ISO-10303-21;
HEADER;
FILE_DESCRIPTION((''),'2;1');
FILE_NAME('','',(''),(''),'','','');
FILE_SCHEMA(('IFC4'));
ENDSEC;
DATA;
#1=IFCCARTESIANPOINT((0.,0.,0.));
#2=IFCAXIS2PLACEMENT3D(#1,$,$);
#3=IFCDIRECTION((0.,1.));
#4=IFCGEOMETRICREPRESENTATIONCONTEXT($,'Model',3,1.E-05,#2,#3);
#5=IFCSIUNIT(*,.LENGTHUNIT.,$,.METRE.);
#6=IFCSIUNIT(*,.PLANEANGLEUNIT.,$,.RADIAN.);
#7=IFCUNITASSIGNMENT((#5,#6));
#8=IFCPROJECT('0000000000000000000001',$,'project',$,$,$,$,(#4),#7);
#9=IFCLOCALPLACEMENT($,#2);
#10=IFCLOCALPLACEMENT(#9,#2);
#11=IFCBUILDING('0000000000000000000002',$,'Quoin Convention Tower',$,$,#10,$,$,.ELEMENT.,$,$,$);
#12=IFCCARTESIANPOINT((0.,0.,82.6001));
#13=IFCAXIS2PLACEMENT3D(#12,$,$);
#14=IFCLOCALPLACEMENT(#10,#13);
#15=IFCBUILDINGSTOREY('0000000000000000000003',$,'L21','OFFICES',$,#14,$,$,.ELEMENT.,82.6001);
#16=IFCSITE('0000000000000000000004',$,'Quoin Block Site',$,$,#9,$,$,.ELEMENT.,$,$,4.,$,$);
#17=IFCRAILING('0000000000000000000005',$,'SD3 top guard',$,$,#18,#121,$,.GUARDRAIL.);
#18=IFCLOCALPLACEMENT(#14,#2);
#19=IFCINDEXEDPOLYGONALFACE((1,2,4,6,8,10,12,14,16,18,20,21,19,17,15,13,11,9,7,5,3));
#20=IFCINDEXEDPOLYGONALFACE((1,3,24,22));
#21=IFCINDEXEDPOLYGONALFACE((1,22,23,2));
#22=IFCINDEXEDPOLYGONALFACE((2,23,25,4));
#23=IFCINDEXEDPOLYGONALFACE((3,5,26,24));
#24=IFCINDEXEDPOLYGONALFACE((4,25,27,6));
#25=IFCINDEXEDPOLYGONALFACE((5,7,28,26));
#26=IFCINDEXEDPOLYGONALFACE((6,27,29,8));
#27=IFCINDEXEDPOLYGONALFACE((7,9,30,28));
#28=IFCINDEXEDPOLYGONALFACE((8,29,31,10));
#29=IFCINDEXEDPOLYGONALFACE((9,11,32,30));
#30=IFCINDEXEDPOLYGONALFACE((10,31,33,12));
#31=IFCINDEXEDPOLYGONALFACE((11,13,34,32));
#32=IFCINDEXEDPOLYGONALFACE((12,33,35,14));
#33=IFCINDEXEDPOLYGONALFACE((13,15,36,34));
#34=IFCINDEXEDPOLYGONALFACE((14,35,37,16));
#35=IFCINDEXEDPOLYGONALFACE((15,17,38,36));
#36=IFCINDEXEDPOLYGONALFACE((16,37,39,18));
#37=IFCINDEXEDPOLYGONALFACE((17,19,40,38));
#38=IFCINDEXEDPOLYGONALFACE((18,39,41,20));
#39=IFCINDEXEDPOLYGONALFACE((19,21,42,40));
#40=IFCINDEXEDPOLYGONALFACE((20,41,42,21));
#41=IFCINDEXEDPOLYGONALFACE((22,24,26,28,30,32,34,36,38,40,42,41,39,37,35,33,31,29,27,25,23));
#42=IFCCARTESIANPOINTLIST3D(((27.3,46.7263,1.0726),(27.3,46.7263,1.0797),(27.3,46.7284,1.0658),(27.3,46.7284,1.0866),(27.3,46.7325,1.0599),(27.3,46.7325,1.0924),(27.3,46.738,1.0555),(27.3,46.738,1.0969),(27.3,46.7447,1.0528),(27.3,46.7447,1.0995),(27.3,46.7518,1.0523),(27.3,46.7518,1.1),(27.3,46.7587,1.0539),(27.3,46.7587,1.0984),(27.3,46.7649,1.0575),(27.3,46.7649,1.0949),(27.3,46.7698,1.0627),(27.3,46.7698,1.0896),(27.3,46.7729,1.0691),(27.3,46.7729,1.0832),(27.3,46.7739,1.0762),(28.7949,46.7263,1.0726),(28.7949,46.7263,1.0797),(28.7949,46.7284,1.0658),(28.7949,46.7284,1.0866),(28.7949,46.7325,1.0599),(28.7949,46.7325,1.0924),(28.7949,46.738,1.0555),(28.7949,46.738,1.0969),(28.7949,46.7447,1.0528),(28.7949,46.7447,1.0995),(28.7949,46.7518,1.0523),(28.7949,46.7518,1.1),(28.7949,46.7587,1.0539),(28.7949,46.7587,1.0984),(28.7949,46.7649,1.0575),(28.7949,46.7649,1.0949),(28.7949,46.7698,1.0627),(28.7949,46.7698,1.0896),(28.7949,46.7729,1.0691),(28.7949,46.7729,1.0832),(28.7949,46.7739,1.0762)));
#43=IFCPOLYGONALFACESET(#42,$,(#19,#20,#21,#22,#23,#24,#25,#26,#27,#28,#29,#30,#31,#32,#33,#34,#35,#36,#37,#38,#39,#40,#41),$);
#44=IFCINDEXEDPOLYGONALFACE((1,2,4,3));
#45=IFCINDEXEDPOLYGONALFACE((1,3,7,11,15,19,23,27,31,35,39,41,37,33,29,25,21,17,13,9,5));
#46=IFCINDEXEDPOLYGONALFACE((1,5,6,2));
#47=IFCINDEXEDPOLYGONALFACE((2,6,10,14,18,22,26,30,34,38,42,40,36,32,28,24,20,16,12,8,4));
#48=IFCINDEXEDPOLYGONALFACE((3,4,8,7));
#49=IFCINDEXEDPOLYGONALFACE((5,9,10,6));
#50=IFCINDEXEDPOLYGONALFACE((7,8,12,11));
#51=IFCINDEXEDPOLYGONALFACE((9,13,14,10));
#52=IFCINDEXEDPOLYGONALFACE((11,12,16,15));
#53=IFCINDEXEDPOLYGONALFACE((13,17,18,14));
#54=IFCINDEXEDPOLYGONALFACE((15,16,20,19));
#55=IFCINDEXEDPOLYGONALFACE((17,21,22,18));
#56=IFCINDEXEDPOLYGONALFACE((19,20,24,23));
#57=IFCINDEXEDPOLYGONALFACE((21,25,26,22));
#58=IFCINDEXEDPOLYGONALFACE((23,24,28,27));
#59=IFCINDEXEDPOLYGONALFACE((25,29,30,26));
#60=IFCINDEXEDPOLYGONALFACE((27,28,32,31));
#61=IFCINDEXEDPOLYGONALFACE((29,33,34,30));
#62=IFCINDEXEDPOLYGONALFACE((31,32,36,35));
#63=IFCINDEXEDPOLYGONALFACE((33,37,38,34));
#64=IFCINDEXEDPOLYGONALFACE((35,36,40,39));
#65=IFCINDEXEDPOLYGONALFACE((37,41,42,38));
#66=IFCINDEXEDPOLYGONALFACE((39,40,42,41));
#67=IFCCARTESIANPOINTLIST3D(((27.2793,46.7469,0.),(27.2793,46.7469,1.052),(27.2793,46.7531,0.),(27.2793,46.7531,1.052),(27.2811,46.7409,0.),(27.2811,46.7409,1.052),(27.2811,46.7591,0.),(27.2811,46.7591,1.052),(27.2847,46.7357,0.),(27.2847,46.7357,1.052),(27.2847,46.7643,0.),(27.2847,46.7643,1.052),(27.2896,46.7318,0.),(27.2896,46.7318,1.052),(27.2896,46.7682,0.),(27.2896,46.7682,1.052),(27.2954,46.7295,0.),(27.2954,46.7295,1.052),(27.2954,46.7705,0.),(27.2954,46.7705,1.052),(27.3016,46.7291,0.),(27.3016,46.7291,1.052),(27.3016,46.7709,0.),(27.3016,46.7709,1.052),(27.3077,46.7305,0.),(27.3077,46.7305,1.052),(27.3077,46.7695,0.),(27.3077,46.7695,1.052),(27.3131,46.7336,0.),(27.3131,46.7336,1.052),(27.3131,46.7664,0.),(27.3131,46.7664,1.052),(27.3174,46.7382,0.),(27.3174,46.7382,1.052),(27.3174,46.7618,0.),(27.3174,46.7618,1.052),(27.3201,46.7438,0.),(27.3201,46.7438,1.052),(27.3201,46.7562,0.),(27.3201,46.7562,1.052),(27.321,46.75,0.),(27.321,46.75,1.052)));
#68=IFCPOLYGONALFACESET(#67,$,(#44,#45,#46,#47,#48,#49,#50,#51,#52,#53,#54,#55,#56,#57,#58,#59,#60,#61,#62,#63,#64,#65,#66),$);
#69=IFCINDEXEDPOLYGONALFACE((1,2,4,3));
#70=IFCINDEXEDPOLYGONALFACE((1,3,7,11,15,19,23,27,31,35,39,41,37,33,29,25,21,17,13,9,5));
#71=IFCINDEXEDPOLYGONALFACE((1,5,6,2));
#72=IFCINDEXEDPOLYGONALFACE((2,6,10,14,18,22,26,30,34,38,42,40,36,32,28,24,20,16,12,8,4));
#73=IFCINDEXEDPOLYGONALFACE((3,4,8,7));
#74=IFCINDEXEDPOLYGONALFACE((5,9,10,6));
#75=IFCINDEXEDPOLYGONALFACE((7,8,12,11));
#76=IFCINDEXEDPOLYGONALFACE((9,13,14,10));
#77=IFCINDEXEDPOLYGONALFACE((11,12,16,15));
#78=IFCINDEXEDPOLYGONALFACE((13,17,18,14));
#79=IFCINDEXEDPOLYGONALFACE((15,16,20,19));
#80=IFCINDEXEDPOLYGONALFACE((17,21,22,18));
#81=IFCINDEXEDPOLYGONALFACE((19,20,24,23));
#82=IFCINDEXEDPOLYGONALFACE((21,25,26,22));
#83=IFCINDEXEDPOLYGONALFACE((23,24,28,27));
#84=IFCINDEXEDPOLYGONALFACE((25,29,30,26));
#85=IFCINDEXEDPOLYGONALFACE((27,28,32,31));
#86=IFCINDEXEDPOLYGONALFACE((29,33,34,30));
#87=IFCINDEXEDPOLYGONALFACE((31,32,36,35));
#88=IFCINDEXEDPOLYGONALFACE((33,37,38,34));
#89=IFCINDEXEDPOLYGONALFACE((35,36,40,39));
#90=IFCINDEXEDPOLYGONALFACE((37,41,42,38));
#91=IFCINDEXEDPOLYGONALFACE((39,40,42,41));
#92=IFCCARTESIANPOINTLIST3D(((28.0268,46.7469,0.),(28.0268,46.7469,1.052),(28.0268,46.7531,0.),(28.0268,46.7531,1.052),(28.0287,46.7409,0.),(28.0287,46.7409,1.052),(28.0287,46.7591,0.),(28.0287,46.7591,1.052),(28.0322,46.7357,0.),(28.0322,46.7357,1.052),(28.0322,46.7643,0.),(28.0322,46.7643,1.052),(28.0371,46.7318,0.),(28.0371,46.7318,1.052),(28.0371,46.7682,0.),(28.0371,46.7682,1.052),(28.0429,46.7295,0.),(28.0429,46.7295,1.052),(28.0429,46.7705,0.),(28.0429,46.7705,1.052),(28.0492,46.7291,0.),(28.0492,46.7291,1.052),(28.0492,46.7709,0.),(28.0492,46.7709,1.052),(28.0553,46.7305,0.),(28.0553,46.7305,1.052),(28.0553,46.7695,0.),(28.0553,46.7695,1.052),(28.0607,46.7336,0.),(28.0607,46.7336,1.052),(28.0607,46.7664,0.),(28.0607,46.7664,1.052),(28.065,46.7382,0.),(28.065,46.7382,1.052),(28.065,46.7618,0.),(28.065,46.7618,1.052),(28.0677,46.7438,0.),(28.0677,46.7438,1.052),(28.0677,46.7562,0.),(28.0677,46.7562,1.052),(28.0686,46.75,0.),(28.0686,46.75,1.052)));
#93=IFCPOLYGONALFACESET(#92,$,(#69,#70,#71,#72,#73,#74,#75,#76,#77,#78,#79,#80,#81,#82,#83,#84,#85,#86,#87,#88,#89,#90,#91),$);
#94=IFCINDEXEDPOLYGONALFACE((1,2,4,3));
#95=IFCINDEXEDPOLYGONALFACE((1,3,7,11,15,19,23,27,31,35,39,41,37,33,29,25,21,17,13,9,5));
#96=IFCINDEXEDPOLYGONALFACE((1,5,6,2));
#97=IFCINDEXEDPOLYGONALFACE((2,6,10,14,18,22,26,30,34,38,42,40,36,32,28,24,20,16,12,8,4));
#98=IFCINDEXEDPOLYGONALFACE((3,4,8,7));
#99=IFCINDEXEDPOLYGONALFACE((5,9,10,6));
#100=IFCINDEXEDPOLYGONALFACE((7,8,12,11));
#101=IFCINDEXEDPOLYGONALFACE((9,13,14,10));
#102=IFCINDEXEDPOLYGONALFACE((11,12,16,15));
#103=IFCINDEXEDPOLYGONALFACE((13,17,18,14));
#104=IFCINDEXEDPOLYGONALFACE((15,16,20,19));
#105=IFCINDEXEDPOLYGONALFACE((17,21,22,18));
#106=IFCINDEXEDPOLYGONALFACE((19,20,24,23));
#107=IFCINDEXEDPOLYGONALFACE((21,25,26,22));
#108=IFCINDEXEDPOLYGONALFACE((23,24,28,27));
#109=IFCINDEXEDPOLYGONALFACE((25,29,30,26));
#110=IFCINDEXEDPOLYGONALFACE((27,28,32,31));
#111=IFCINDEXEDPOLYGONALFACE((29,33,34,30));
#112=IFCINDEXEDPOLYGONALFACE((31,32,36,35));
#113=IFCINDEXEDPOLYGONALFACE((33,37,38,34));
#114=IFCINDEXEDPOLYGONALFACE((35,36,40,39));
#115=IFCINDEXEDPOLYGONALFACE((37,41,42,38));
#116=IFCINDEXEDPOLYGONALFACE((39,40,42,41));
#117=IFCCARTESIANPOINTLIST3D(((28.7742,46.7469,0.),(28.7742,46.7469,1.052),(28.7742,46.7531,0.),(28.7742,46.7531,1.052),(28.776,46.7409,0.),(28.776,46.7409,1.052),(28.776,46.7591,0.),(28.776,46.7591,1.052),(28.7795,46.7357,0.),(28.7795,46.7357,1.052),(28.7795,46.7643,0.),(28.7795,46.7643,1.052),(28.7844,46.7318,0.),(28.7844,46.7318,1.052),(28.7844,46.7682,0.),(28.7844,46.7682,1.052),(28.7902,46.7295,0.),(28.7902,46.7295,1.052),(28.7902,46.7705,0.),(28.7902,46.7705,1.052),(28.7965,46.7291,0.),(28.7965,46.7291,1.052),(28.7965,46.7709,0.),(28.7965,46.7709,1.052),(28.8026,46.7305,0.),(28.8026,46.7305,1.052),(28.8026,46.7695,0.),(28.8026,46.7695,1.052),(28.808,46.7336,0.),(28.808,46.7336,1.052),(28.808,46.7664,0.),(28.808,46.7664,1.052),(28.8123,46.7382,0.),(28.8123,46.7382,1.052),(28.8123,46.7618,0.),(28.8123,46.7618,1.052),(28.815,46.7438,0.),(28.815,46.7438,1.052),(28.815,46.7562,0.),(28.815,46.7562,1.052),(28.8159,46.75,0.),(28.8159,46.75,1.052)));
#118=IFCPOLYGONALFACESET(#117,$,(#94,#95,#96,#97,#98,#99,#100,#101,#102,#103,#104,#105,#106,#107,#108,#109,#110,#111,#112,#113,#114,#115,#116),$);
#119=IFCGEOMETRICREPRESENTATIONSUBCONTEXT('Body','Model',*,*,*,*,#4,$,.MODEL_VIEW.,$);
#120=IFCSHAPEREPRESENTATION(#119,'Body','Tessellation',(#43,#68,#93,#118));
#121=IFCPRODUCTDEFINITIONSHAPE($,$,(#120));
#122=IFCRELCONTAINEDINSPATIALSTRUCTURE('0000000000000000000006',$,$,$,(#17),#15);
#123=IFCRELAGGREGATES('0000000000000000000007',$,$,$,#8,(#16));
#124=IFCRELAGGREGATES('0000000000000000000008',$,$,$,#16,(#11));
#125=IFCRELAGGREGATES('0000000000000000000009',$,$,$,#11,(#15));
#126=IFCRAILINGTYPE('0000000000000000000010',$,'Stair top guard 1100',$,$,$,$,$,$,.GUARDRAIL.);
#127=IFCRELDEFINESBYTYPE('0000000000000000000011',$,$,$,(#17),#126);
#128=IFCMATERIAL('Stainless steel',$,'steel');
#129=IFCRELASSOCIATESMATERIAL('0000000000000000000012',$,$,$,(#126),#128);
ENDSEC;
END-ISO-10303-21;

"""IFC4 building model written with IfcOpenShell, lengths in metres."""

from ifc_helpers import new_model, si_unit, direction, frame, origin, origin_2d, place, context, subcontext, project, spatial, circle, extrude, material, type_object, element, save


model = new_model("IFC4")

# Units and contexts
model_context = context("Model", 3, precision=1e-05, world=origin(), true_north=direction((0.0, 1.0)))
body_context = subcontext(model_context, "Body", "Model", "MODEL_VIEW")
ifc_project = project(units=[si_unit("LENGTHUNIT", "METRE"), si_unit("PLANEANGLEUNIT", "RADIAN")], contexts=[model_context])

# Site, building, storey
site_placement = place(None, origin())
site = spatial("IfcSite", under=ifc_project, at=site_placement, Name="Quoin Block Site", CompositionType="ELEMENT", RefElevation=4.0)
building_placement = place(site_placement, origin())
building = spatial("IfcBuilding", under=site, at=building_placement, Name="Quoin Convention Tower", CompositionType="ELEMENT")
storey_placement = place(building_placement, frame((0.0, 0.0, 82.6001)))
storey = spatial("IfcBuildingStorey", under=building, at=storey_placement, Name="L21", Description="OFFICES", CompositionType="ELEMENT", Elevation=82.6001)

# Railing
ifc_material_1 = material(Name="Stainless steel", Category="steel")
railing_type = type_object("IfcRailingType", Name="Stair top guard 1100", PredefinedType="GUARDRAIL", material=ifc_material_1)
railing_placement = place(storey_placement, frame((27.3, 46.75, 0.0)))
element("IfcRailing", 1, at=railing_placement, inside=storey, type_object=railing_type, Name="SD3 top guard", PredefinedType="GUARDRAIL", context=body_context, shape_type="SweptSolid", body=[
    extrude(circle(Radius=0.0239, at=origin_2d()), frame((0.0, 0.0, 1.0762), z_axis=(1.0, 0.0, 0.0), x_axis=(0.0, 1.0, 0.0)), (0.0, 0.0, 1.0), 1.4949),
    extrude(circle(Radius=0.021, at=origin_2d()), origin(), (0.0, 0.0, 1.0), 1.052),
    extrude(circle(Radius=0.021, at=origin_2d()), frame((0.7476, 0.0, 0.0)), (0.0, 0.0, 1.0), 1.052),
    extrude(circle(Radius=0.021, at=origin_2d()), frame((1.4949, 0.0, 0.0)), (0.0, 0.0, 1.0), 1.052),
])

save(model, "model.ifc")
